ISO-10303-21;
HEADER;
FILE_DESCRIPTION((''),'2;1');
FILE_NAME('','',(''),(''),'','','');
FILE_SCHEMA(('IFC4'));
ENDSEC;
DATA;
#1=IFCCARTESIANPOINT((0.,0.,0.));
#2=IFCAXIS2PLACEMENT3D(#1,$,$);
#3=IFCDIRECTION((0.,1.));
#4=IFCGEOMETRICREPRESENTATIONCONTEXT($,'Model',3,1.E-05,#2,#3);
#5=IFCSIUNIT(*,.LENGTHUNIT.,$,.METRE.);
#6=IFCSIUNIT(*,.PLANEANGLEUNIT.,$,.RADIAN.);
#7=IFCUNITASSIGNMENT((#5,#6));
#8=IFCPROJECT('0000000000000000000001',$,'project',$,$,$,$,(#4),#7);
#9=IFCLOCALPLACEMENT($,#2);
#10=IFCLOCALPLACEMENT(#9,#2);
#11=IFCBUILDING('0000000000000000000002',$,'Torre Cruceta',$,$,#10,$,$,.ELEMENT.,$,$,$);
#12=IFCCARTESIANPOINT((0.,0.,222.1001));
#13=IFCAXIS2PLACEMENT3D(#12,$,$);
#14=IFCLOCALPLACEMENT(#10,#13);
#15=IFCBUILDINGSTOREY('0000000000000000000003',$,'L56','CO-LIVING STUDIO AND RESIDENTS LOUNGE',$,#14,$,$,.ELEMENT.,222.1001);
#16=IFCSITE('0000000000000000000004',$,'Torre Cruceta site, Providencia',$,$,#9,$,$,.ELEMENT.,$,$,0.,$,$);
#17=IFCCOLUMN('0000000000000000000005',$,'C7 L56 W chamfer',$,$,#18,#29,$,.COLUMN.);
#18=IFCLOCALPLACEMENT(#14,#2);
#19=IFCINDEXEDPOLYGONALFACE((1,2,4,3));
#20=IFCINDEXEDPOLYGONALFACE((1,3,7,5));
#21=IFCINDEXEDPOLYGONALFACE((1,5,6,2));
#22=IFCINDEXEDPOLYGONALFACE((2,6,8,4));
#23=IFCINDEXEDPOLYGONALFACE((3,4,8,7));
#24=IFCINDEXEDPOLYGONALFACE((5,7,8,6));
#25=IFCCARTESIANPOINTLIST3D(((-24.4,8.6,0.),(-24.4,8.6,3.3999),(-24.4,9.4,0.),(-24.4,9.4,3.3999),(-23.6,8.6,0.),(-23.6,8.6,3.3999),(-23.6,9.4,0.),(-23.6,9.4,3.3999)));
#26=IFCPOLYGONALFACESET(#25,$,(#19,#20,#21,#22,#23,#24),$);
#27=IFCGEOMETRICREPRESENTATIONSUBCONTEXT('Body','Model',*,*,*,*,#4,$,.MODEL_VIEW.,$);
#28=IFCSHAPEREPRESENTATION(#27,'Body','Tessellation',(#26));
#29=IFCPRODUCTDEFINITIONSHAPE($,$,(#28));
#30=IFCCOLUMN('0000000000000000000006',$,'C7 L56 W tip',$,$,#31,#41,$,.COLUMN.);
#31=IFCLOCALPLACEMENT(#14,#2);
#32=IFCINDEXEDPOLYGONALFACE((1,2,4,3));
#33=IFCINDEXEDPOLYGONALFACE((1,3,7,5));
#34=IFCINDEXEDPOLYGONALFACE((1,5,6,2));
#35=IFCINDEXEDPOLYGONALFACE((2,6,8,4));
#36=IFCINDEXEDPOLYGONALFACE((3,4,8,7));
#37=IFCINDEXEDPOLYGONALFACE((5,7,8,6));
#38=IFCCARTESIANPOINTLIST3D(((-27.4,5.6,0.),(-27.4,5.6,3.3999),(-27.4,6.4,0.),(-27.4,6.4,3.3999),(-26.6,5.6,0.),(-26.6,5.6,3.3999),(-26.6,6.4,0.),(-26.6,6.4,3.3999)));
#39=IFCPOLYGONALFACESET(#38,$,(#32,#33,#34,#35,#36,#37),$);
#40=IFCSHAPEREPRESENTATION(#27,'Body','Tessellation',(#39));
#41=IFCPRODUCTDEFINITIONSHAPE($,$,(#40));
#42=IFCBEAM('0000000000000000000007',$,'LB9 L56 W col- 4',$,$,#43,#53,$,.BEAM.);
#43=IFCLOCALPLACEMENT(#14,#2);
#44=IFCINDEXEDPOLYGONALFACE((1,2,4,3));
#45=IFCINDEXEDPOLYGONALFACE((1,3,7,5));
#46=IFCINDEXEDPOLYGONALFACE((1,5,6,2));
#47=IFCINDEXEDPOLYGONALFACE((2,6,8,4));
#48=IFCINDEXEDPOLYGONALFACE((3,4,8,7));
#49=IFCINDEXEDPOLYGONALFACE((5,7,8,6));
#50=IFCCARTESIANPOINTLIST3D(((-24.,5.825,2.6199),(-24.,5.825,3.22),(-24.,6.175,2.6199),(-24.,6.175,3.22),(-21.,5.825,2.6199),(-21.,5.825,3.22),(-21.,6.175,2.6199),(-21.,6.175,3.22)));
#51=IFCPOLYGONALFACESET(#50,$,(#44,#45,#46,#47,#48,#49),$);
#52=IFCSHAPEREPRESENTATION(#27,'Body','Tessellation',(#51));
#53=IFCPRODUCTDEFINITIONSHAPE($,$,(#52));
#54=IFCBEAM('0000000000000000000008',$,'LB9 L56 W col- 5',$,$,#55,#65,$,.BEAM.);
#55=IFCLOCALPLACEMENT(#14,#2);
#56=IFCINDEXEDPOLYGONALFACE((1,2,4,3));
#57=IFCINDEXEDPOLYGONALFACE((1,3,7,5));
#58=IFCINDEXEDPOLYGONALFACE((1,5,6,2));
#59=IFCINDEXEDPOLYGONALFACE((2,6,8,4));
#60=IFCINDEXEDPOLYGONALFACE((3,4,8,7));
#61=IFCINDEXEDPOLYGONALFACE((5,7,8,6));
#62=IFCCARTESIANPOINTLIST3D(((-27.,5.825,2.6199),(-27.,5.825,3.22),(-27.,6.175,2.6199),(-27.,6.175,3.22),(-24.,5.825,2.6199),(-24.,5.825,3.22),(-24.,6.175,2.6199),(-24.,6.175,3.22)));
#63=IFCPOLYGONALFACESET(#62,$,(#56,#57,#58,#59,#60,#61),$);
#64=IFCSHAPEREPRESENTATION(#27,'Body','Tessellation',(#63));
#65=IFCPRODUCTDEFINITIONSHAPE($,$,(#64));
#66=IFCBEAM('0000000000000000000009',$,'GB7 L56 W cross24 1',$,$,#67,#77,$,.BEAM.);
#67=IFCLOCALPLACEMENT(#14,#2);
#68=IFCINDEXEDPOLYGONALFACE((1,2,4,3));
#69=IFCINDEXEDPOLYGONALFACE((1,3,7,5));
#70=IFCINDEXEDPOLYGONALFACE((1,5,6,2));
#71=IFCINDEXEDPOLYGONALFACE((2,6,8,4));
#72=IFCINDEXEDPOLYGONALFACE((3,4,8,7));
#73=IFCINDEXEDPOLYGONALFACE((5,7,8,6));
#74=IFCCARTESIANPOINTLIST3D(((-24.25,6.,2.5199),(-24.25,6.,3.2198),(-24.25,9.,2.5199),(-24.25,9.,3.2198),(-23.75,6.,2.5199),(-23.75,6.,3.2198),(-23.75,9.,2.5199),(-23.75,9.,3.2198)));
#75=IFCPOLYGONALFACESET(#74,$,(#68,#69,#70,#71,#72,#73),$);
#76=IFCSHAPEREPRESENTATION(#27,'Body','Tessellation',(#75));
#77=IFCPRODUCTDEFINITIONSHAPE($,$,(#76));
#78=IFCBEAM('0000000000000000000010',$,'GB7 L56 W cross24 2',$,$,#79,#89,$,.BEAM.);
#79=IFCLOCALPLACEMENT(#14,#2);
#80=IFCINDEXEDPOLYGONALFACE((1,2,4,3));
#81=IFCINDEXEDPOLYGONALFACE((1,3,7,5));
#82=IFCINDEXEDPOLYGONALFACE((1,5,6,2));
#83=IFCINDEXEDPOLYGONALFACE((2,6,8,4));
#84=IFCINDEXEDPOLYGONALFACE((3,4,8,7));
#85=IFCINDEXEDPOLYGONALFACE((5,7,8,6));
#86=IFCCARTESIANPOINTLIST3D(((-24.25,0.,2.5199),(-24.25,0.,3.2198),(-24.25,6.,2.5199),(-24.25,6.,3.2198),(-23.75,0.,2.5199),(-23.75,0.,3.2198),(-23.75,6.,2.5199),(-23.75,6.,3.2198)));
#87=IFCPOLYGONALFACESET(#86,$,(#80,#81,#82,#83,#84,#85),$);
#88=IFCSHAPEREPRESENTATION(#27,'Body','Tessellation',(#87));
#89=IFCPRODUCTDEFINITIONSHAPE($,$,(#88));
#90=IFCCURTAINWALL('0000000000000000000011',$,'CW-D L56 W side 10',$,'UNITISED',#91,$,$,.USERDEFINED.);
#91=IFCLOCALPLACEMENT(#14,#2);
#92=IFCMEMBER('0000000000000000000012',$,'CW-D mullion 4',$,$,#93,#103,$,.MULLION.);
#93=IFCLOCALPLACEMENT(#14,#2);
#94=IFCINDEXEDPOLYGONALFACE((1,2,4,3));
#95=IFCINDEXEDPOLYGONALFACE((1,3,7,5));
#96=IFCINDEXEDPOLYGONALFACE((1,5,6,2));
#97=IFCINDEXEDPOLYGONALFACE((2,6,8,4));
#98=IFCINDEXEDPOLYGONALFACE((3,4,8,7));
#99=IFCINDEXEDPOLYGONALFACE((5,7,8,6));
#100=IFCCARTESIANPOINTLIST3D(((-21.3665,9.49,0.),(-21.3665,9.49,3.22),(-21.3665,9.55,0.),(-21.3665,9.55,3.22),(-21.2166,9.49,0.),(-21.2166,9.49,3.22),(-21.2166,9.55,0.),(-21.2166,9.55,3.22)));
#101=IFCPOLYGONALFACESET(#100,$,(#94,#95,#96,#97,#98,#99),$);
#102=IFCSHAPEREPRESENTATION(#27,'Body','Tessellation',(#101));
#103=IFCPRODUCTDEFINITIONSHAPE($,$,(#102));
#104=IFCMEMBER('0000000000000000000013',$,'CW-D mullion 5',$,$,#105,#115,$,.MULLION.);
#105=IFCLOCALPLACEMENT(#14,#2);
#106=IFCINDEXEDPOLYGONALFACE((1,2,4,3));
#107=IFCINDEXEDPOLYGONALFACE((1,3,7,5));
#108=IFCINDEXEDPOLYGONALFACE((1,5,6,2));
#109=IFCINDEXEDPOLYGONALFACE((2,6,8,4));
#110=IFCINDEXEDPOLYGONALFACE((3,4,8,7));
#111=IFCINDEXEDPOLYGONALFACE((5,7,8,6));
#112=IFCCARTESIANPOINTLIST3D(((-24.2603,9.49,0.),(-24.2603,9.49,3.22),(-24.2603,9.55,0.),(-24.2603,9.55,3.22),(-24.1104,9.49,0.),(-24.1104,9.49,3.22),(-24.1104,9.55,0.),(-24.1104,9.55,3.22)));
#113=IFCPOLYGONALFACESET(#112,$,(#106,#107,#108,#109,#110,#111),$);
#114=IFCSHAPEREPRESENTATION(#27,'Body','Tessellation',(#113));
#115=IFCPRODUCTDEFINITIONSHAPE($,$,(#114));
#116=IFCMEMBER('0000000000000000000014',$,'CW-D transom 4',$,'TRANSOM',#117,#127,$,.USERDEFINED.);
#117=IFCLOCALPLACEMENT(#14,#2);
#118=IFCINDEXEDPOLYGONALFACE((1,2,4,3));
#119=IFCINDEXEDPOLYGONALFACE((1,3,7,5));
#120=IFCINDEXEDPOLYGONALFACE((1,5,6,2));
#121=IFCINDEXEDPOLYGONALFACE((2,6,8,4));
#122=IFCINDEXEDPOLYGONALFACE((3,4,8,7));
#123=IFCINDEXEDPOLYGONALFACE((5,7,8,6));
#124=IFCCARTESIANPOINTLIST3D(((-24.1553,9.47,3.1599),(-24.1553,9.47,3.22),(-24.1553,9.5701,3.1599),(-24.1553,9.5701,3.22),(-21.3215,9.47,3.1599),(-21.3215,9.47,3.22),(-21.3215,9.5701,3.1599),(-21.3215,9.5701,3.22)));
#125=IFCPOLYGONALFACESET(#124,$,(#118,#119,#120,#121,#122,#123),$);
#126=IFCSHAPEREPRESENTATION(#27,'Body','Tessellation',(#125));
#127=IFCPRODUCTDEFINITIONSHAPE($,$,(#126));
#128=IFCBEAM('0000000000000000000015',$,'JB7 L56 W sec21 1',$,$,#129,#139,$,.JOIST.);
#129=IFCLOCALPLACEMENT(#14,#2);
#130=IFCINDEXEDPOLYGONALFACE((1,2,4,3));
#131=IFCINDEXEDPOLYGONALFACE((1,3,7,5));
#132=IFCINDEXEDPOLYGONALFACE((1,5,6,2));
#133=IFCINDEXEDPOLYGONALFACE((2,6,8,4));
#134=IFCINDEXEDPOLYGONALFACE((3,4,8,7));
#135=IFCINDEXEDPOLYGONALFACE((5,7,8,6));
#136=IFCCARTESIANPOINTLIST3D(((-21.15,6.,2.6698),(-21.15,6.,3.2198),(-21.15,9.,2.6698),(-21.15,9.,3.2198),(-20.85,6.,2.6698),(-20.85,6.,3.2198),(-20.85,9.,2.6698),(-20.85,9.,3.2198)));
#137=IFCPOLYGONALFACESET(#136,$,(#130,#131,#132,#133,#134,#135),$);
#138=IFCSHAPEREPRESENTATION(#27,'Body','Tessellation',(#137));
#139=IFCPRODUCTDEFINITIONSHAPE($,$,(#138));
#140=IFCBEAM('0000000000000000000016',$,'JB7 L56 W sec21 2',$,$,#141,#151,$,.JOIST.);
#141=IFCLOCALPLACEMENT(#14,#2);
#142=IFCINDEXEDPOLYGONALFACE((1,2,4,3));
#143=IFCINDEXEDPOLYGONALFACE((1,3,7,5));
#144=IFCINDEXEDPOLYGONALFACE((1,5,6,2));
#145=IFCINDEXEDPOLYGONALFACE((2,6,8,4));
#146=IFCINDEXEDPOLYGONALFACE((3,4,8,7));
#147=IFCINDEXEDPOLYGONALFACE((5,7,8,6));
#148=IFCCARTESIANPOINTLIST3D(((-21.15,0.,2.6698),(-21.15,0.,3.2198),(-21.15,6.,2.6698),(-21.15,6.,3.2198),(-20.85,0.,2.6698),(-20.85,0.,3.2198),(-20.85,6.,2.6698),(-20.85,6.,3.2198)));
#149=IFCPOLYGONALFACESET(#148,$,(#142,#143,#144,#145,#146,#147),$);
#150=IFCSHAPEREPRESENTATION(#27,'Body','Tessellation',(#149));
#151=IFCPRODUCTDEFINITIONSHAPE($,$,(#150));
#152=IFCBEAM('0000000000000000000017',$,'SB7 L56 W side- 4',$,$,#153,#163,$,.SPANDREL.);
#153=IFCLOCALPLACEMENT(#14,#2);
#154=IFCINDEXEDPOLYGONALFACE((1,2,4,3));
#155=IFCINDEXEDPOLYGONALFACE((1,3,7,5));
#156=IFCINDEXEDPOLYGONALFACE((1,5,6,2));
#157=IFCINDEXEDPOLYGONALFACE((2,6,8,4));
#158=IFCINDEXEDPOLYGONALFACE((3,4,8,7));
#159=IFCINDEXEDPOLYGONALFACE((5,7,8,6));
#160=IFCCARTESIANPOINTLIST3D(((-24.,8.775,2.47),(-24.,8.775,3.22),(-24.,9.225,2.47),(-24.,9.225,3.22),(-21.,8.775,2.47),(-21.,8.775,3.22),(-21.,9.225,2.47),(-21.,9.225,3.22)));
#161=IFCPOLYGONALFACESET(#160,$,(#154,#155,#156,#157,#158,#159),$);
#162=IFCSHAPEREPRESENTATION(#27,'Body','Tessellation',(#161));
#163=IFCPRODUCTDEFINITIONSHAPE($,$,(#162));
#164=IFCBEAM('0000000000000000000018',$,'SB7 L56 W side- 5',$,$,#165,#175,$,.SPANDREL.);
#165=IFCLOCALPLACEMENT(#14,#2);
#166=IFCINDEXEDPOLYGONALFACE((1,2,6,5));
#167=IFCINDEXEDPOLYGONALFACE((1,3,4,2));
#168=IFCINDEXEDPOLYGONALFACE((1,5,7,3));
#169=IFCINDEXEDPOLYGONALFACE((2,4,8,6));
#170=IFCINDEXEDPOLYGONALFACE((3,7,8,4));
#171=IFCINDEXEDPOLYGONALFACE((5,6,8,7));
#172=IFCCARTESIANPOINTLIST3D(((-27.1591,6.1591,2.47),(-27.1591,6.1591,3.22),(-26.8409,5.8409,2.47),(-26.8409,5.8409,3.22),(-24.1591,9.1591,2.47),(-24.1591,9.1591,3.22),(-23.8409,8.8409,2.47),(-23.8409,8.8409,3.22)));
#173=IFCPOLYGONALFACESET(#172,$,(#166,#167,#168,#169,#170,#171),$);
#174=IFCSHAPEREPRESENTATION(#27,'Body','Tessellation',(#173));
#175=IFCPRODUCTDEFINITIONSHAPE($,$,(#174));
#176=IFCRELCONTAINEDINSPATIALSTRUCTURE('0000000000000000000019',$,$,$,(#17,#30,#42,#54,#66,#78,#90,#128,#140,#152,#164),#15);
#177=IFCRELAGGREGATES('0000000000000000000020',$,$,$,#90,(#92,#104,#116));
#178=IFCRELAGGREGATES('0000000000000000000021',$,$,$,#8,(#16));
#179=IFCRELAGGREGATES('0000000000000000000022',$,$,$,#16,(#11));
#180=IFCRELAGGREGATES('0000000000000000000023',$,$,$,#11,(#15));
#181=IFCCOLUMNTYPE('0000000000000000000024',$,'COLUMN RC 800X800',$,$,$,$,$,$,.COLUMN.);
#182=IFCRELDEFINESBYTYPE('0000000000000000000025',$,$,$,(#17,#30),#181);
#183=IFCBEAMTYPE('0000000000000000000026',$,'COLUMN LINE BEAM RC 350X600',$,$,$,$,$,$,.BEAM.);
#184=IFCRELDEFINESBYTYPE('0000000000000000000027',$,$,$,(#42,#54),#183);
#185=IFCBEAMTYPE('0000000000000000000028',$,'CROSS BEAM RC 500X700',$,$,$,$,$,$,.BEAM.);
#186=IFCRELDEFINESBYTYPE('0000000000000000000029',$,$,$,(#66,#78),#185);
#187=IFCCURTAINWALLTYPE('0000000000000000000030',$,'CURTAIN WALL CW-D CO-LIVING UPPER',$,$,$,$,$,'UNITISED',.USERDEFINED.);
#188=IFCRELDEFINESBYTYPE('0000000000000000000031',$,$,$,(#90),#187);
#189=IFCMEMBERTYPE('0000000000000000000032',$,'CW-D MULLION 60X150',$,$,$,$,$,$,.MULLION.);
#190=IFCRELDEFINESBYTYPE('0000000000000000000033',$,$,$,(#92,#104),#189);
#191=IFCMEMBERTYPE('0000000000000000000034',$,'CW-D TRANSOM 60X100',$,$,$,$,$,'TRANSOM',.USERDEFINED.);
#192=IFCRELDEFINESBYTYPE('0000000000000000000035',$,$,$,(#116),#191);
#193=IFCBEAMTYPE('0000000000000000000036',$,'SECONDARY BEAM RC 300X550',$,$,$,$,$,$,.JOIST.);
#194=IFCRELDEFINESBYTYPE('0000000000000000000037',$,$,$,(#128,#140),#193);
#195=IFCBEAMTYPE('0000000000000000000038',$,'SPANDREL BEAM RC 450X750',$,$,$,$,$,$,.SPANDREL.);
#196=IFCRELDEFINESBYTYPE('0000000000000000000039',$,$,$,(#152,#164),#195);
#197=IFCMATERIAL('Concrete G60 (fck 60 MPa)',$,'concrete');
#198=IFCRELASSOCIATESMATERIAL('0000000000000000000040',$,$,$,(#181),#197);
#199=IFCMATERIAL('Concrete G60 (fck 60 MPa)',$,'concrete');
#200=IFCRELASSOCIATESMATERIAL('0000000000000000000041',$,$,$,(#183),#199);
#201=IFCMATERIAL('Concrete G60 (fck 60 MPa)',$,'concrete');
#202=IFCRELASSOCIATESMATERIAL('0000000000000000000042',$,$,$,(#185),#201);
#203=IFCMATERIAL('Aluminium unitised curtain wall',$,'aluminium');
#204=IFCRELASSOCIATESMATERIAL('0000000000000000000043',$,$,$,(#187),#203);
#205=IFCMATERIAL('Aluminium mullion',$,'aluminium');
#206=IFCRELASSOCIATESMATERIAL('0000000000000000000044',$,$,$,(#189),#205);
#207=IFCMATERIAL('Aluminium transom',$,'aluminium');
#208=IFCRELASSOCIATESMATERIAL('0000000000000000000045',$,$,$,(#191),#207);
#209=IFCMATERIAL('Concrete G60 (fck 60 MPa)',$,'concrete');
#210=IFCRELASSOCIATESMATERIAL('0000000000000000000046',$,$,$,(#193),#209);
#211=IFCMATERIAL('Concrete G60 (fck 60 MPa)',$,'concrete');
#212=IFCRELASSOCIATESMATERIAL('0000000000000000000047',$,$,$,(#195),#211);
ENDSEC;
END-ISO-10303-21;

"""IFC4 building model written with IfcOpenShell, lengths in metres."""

from ifc_helpers import new_model, si_unit, direction, frame, origin, origin_2d, place, context, subcontext, project, spatial, rectangle, extrude, material, material_profile, profile_set, type_object, element, aggregate, save


model = new_model("IFC4")

# Units and contexts
model_context = context("Model", 3, precision=1e-05, world=origin(), true_north=direction((0.0, 1.0)))
body_context = subcontext(model_context, "Body", "Model", "MODEL_VIEW")
ifc_project = project(units=[si_unit("LENGTHUNIT", "METRE"), si_unit("PLANEANGLEUNIT", "RADIAN")], contexts=[model_context])

# Site, building, storey
site_placement = place(None, origin())
site = spatial("IfcSite", under=ifc_project, at=site_placement, Name="Torre Cruceta site, Providencia", CompositionType="ELEMENT", RefElevation=0.0)
building_placement = place(site_placement, origin())
building = spatial("IfcBuilding", under=site, at=building_placement, Name="Torre Cruceta", CompositionType="ELEMENT")
storey_placement = place(building_placement, frame((0.0, 0.0, 222.1001)))
storey = spatial("IfcBuildingStorey", under=building, at=storey_placement, Name="L56", Description="CO-LIVING STUDIO AND RESIDENTS LOUNGE", CompositionType="ELEMENT", Elevation=222.1001)

# Columns
ifc_material_1 = material(Name="Concrete G60 (fck 60 MPa)", Category="concrete")
ifc_material_profile_1 = material_profile(ifc_material_1, rectangle(XDim=0.8, YDim=0.8, at=origin_2d()), Name="RC 800X800")
ifc_profile_set_1 = profile_set([ifc_material_profile_1], Name="Concrete G60 (fck 60 MPa)")
column_type = type_object("IfcColumnType", Name="COLUMN RC 800X800", PredefinedType="COLUMN", material=ifc_profile_set_1)
for number, where, z_axis, x_axis, name in (
    (1, (-24.0, 9.0, 0.0), (0.0, 0.0, 1.0), (1.0, 0.0, 0.0), "C7 L56 W chamfer"),
    (2, (-27.0, 6.0, 0.0), (0.0, 0.0, 1.0), (1.0, 0.0, 0.0), "C7 L56 W tip"),
):
    element("IfcColumn", number, at=place(storey_placement, frame(where, z_axis=z_axis, x_axis=x_axis)), inside=storey, type_object=column_type, Name=name, PredefinedType="COLUMN", context=body_context, shape_type="SweptSolid", body=[
        extrude(rectangle(XDim=0.8, YDim=0.8, at=origin_2d()), origin(), (0.0, 0.0, 1.0), 3.3999),
    ])

# Beams
ifc_material_2 = material(Name="Concrete G60 (fck 60 MPa)", Category="concrete")
ifc_material_profile_2 = material_profile(ifc_material_2, rectangle(XDim=0.3501, YDim=0.6001, at=origin_2d()), Name="RC 350X600")
ifc_profile_set_2 = profile_set([ifc_material_profile_2], Name="Concrete G60 (fck 60 MPa)")
beam_type_1 = type_object("IfcBeamType", Name="COLUMN LINE BEAM RC 350X600", PredefinedType="BEAM", material=ifc_profile_set_2)
for number, where, z_axis, x_axis, name in (
    (3, (-21.0, 6.0, 2.9199), (-1.0, 0.0, 0.0), (0.0, -1.0, 0.0), "LB9 L56 W col- 4"),
    (4, (-24.0, 6.0, 2.9199), (-1.0, 0.0, 0.0), (0.0, -1.0, 0.0), "LB9 L56 W col- 5"),
):
    element("IfcBeam", number, at=place(storey_placement, frame(where, z_axis=z_axis, x_axis=x_axis)), inside=storey, type_object=beam_type_1, Name=name, PredefinedType="BEAM", context=body_context, shape_type="SweptSolid", body=[
        extrude(rectangle(XDim=0.3501, YDim=0.6001, at=origin_2d()), origin(), (0.0, 0.0, 1.0), 3.0),
    ])
ifc_material_3 = material(Name="Concrete G60 (fck 60 MPa)", Category="concrete")
ifc_material_profile_3 = material_profile(ifc_material_3, rectangle(XDim=0.5, YDim=0.7, at=origin_2d()), Name="RC 500X700")
ifc_profile_set_3 = profile_set([ifc_material_profile_3], Name="Concrete G60 (fck 60 MPa)")
beam_type_2 = type_object("IfcBeamType", Name="CROSS BEAM RC 500X700", PredefinedType="BEAM", material=ifc_profile_set_3)
beam_1_placement = place(storey_placement, frame((-24.0, 9.0, 2.8699), z_axis=(0.0, -1.0, 0.0), x_axis=(1.0, 0.0, 0.0)))
element("IfcBeam", 5, at=beam_1_placement, inside=storey, type_object=beam_type_2, Name="GB7 L56 W cross24 1", PredefinedType="BEAM", context=body_context, shape_type="SweptSolid", body=[
    extrude(rectangle(XDim=0.5, YDim=0.7, at=origin_2d()), origin(), (0.0, 0.0, 1.0), 3.0),
])
beam_2_placement = place(storey_placement, frame((-24.0, 6.0, 2.8699), z_axis=(0.0, -1.0, 0.0), x_axis=(1.0, 0.0, 0.0)))
element("IfcBeam", 6, at=beam_2_placement, inside=storey, type_object=beam_type_2, Name="GB7 L56 W cross24 2", PredefinedType="BEAM", context=body_context, shape_type="SweptSolid", body=[
    extrude(rectangle(XDim=0.5, YDim=0.7, at=origin_2d()), origin(), (0.0, 0.0, 1.0), 6.0),
])

# Curtain wall, members
ifc_material_4 = material(Name="Aluminium unitised curtain wall", Category="aluminium")
curtain_wall_type = type_object("IfcCurtainWallType", Name="CURTAIN WALL CW-D CO-LIVING UPPER", ElementType="UNITISED", PredefinedType="USERDEFINED", material=ifc_material_4)
curtain_wall_placement = place(storey_placement, origin())
curtain_wall = element("IfcCurtainWall", 7, at=curtain_wall_placement, inside=storey, type_object=curtain_wall_type, Name="CW-D L56 W side 10", ObjectType="UNITISED", PredefinedType="USERDEFINED")
ifc_material_5 = material(Name="Aluminium mullion", Category="aluminium")
ifc_material_profile_4 = material_profile(ifc_material_5, rectangle(XDim=0.0601, YDim=0.1499, at=origin_2d()), Name="AL 60X150")
ifc_profile_set_4 = profile_set([ifc_material_profile_4], Name="Aluminium mullion")
member_type_1 = type_object("IfcMemberType", Name="CW-D MULLION 60X150", PredefinedType="MULLION", material=ifc_profile_set_4)
member_1_placement = place(storey_placement, frame((-21.2915, 9.52, 0.0), z_axis=(0.0, 0.0, 1.0), x_axis=(0.0, -1.0, 0.0)))
member_1 = element("IfcMember", 8, at=member_1_placement, type_object=member_type_1, Name="CW-D mullion 4", PredefinedType="MULLION", context=body_context, shape_type="SweptSolid", body=[
    extrude(rectangle(XDim=0.0601, YDim=0.1499, at=origin_2d()), origin(), (0.0, 0.0, 1.0), 3.22),
])
member_2_placement = place(storey_placement, frame((-24.1853, 9.52, 0.0), z_axis=(0.0, 0.0, 1.0), x_axis=(0.0, -1.0, 0.0)))
member_2 = element("IfcMember", 9, at=member_2_placement, type_object=member_type_1, Name="CW-D mullion 5", PredefinedType="MULLION", context=body_context, shape_type="SweptSolid", body=[
    extrude(rectangle(XDim=0.0601, YDim=0.1499, at=origin_2d()), origin(), (0.0, 0.0, 1.0), 3.22),
])
ifc_material_6 = material(Name="Aluminium transom", Category="aluminium")
ifc_material_profile_5 = material_profile(ifc_material_6, rectangle(XDim=0.1001, YDim=0.0601, at=origin_2d()), Name="AL 100X60")
ifc_profile_set_5 = profile_set([ifc_material_profile_5], Name="Aluminium transom")
member_type_2 = type_object("IfcMemberType", Name="CW-D TRANSOM 60X100", ElementType="TRANSOM", PredefinedType="USERDEFINED", material=ifc_profile_set_5)
member_3_placement = place(storey_placement, frame((-21.3215, 9.52, 3.1899), z_axis=(-1.0, 0.0, 0.0), x_axis=(0.0, -1.0, 0.0)))
member_3 = element("IfcMember", 10, at=member_3_placement, type_object=member_type_2, Name="CW-D transom 4", ObjectType="TRANSOM", PredefinedType="USERDEFINED", context=body_context, shape_type="SweptSolid", body=[
    extrude(rectangle(XDim=0.1001, YDim=0.0601, at=origin_2d()), origin(), (0.0, 0.0, 1.0), 2.8337),
])

# Beams
ifc_material_7 = material(Name="Concrete G60 (fck 60 MPa)", Category="concrete")
ifc_material_profile_6 = material_profile(ifc_material_7, rectangle(XDim=0.3, YDim=0.55, at=origin_2d()), Name="RC 300X550")
ifc_profile_set_6 = profile_set([ifc_material_profile_6], Name="Concrete G60 (fck 60 MPa)")
beam_type_3 = type_object("IfcBeamType", Name="SECONDARY BEAM RC 300X550", PredefinedType="JOIST", material=ifc_profile_set_6)
beam_3_placement = place(storey_placement, frame((-21.0, 9.0, 2.9448), z_axis=(0.0, -1.0, 0.0), x_axis=(1.0, 0.0, 0.0)))
element("IfcBeam", 11, at=beam_3_placement, inside=storey, type_object=beam_type_3, Name="JB7 L56 W sec21 1", PredefinedType="JOIST", context=body_context, shape_type="SweptSolid", body=[
    extrude(rectangle(XDim=0.3, YDim=0.55, at=origin_2d()), origin(), (0.0, 0.0, 1.0), 3.0),
])
beam_4_placement = place(storey_placement, frame((-21.0, 6.0, 2.9448), z_axis=(0.0, -1.0, 0.0), x_axis=(1.0, 0.0, 0.0)))
element("IfcBeam", 12, at=beam_4_placement, inside=storey, type_object=beam_type_3, Name="JB7 L56 W sec21 2", PredefinedType="JOIST", context=body_context, shape_type="SweptSolid", body=[
    extrude(rectangle(XDim=0.3, YDim=0.55, at=origin_2d()), origin(), (0.0, 0.0, 1.0), 6.0),
])
ifc_material_8 = material(Name="Concrete G60 (fck 60 MPa)", Category="concrete")
ifc_material_profile_7 = material_profile(ifc_material_8, rectangle(XDim=0.45, YDim=0.75, at=origin_2d()), Name="RC 450X750")
ifc_profile_set_7 = profile_set([ifc_material_profile_7], Name="Concrete G60 (fck 60 MPa)")
beam_type_4 = type_object("IfcBeamType", Name="SPANDREL BEAM RC 450X750", PredefinedType="SPANDREL", material=ifc_profile_set_7)
beam_5_placement = place(storey_placement, frame((-21.0, 9.0, 2.845), z_axis=(-1.0, 0.0, 0.0), x_axis=(0.0, -1.0, 0.0)))
element("IfcBeam", 13, at=beam_5_placement, inside=storey, type_object=beam_type_4, Name="SB7 L56 W side- 4", PredefinedType="SPANDREL", context=body_context, shape_type="SweptSolid", body=[
    extrude(rectangle(XDim=0.45, YDim=0.75, at=origin_2d()), origin(), (0.0, 0.0, 1.0), 3.0),
])
beam_6_placement = place(storey_placement, frame((-24.0, 9.0, 2.845), z_axis=(-0.707107, -0.707107, 0.0), x_axis=(0.707107, -0.707107, 0.0)))
element("IfcBeam", 14, at=beam_6_placement, inside=storey, type_object=beam_type_4, Name="SB7 L56 W side- 5", PredefinedType="SPANDREL", context=body_context, shape_type="SweptSolid", body=[
    extrude(rectangle(XDim=0.45, YDim=0.75, at=origin_2d()), origin(), (0.0, 0.0, 1.0), 4.2427),
])

aggregate(curtain_wall, [member_1, member_2, member_3])

save(model, "model.ifc")
